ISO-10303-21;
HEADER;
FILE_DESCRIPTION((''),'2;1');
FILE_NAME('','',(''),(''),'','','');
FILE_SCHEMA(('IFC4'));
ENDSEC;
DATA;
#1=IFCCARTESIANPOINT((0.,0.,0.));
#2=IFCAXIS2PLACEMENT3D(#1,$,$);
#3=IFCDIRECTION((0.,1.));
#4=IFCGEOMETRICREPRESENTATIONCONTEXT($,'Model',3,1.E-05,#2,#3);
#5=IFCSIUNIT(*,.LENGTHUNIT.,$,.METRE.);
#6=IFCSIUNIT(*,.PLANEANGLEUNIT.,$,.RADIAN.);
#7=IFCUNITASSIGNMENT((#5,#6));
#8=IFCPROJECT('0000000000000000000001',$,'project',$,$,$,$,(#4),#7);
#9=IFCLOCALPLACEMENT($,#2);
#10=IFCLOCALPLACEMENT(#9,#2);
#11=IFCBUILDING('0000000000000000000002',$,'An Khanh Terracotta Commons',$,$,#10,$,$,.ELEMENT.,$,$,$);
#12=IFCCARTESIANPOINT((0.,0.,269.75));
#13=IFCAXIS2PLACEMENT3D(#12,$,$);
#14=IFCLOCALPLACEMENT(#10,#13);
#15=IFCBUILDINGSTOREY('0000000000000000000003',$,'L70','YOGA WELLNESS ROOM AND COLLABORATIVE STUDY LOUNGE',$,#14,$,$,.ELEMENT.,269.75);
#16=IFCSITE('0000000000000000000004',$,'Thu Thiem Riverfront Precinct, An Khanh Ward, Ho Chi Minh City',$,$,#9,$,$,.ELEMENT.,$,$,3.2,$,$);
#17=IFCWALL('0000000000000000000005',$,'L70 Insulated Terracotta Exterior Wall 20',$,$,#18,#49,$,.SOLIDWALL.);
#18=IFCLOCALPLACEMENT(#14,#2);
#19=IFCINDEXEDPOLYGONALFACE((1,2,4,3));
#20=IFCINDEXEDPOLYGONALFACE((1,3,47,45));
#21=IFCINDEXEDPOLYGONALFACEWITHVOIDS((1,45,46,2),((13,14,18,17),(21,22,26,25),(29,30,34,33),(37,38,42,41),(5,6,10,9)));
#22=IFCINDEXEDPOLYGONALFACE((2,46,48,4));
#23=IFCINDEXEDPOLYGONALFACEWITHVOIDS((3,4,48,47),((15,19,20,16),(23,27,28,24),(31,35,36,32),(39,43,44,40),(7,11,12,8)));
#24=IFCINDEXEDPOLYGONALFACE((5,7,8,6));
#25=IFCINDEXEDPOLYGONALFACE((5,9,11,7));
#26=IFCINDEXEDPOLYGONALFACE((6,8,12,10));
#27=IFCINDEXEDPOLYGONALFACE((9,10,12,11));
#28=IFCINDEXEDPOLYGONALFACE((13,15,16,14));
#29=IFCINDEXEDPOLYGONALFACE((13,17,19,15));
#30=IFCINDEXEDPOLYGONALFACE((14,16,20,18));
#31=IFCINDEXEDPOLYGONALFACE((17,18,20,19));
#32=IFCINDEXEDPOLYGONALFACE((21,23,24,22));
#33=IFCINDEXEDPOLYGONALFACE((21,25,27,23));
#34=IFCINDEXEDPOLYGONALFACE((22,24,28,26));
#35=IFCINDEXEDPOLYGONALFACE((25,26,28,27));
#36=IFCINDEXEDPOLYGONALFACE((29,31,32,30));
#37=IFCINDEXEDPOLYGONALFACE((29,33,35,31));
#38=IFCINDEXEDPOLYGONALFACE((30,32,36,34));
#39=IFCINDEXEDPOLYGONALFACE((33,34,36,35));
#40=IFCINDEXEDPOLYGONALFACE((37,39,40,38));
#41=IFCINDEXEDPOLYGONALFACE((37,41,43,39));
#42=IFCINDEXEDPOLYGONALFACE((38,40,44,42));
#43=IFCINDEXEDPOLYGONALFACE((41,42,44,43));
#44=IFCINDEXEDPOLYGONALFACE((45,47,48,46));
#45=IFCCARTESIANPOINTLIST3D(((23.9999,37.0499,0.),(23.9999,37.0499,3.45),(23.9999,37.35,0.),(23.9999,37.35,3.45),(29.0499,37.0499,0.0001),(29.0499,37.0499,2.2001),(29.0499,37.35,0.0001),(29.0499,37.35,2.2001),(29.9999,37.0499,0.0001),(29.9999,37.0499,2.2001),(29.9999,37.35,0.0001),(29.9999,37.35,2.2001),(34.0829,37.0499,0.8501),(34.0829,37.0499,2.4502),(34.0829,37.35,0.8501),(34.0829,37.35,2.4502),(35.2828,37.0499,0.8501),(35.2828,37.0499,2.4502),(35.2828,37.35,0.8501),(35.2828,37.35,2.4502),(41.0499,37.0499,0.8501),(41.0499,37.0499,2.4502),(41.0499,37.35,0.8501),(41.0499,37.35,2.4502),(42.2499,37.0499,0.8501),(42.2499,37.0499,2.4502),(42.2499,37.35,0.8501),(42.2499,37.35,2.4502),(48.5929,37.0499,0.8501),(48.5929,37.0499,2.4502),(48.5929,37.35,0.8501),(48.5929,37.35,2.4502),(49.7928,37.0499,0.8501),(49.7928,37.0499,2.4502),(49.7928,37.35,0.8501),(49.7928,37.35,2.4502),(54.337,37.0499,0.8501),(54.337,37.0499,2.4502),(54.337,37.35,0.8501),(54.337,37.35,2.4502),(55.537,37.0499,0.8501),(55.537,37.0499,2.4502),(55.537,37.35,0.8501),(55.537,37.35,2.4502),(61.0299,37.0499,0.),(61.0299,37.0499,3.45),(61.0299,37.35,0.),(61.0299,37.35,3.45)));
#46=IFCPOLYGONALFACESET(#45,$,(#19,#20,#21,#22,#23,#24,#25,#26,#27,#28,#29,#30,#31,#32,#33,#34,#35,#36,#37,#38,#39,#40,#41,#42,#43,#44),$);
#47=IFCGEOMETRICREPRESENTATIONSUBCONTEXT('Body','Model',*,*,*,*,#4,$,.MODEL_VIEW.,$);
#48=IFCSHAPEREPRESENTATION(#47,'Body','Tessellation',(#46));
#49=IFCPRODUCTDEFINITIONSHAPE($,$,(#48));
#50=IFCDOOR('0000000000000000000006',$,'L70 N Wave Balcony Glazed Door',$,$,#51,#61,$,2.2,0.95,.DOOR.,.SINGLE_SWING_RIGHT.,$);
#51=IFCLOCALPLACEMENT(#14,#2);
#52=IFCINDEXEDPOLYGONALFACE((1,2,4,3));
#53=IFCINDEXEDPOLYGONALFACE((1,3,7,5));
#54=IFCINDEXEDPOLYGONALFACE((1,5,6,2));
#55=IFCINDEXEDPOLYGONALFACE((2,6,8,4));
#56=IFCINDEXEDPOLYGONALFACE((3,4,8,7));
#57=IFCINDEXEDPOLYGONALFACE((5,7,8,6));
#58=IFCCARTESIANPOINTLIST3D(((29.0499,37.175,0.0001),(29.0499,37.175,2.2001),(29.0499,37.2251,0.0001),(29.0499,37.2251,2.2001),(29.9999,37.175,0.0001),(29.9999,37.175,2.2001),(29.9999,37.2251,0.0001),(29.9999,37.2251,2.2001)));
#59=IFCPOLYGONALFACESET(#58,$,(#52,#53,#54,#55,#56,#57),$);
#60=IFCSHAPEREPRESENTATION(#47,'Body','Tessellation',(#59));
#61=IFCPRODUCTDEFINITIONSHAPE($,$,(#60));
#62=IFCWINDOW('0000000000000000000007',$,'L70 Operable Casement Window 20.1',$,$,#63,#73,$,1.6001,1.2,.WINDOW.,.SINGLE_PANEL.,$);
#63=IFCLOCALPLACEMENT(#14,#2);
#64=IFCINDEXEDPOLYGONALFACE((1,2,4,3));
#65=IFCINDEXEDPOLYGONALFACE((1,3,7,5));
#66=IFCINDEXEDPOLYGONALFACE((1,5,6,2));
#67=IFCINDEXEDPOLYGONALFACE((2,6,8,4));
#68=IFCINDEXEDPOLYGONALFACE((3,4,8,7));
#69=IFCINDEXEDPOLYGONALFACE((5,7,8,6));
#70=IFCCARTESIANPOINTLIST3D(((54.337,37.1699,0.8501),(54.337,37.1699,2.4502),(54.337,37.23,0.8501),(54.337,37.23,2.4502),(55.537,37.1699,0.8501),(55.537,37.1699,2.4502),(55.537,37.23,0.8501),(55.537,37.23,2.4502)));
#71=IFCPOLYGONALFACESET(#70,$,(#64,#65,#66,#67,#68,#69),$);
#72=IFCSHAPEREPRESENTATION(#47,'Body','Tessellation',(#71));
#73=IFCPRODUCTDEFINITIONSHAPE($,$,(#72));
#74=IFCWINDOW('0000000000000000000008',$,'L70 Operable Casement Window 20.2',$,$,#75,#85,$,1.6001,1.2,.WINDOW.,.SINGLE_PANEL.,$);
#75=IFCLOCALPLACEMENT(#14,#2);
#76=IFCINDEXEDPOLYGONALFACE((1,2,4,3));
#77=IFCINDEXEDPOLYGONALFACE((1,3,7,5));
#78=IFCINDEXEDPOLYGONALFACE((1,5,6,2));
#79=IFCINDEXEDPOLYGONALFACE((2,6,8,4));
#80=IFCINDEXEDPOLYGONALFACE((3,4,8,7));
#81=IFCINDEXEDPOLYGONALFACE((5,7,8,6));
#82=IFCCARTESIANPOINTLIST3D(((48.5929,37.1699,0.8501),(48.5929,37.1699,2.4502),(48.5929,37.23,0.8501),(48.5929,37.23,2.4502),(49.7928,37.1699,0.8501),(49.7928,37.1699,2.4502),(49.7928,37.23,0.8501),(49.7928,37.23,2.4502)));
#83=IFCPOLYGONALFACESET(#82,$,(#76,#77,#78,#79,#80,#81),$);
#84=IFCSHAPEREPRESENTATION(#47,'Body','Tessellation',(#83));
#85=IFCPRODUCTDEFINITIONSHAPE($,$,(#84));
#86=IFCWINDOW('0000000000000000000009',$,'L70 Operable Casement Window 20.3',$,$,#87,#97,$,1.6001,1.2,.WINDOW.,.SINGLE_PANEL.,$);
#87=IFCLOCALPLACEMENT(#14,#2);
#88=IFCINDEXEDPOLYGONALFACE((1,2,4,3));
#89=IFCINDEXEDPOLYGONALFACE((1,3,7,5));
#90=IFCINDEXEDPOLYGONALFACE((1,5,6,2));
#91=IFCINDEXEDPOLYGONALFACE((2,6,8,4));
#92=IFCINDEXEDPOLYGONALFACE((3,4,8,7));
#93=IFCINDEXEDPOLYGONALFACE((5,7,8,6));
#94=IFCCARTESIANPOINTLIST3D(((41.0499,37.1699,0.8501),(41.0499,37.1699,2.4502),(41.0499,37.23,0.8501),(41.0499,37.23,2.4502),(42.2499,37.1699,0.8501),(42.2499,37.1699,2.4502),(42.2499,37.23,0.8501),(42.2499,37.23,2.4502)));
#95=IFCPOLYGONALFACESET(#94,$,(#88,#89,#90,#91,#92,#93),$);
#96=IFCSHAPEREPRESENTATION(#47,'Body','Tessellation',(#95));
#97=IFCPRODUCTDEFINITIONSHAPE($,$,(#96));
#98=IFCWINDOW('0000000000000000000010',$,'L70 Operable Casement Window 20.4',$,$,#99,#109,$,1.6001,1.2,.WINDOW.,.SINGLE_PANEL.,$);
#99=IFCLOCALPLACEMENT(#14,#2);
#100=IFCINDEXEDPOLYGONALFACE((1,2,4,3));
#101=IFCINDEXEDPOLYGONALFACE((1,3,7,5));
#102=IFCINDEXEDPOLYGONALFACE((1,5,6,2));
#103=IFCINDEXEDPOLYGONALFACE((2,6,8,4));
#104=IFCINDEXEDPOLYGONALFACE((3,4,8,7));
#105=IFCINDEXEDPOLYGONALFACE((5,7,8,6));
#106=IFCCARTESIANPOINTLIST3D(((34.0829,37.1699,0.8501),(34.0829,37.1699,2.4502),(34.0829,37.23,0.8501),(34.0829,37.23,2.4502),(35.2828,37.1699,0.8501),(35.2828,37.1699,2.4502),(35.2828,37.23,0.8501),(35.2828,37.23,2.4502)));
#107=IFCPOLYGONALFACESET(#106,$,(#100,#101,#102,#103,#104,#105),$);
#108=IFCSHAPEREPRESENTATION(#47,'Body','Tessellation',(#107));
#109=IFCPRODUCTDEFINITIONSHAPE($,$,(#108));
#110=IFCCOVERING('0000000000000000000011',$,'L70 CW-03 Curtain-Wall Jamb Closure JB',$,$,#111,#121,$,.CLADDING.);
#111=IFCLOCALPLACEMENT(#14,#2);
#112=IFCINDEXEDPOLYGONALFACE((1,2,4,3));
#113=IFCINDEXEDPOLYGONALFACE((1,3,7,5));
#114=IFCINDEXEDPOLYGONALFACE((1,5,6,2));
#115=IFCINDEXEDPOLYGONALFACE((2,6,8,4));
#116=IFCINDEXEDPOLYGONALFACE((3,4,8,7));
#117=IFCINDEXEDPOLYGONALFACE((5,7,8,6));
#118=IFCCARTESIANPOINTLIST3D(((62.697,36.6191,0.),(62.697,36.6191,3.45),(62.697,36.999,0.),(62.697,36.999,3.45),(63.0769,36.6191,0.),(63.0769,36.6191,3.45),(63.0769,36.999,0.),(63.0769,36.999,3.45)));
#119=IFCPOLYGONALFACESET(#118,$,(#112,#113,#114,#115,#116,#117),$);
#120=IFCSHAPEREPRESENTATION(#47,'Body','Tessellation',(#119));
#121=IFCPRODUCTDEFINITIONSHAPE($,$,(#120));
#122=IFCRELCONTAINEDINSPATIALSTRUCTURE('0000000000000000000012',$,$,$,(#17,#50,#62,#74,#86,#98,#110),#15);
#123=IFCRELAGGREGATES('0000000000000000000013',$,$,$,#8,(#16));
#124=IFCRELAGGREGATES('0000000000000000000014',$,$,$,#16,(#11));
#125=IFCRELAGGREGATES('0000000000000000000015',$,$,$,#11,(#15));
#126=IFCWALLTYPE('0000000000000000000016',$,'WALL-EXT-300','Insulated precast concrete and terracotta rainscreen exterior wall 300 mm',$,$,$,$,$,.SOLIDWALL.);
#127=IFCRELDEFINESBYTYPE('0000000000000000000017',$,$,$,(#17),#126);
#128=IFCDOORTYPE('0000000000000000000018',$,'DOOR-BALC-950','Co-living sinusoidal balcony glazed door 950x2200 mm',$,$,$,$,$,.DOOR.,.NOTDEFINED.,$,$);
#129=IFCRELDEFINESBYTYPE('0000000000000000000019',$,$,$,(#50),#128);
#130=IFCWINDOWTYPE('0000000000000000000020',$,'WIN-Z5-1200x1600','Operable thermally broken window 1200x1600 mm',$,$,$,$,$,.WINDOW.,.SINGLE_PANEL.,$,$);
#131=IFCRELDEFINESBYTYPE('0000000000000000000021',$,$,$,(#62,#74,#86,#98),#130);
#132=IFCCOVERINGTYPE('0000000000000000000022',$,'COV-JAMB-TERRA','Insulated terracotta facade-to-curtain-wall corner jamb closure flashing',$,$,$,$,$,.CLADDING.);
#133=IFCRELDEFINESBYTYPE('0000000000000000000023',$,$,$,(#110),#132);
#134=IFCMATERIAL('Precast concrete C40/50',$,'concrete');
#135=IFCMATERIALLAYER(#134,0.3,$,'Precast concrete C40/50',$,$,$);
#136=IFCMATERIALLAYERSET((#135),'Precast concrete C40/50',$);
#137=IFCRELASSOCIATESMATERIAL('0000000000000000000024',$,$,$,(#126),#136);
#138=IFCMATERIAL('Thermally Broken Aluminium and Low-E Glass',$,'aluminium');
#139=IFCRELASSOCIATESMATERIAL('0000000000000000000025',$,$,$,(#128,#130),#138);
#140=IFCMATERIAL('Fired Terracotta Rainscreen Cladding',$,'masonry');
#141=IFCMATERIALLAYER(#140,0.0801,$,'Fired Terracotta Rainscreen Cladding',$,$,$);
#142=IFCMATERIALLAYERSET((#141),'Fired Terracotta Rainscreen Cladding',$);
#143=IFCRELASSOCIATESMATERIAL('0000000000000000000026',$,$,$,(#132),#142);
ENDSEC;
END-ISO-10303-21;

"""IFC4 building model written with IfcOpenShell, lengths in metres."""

from ifc_helpers import new_model, si_unit, direction, frame, frame_2d, origin, origin_2d, place, context, subcontext, project, spatial, rectangle, extrude, material, layer, layer_set, type_object, element, fill, save


model = new_model("IFC4")

# Units and contexts
model_context = context("Model", 3, precision=1e-05, world=origin(), true_north=direction((0.0, 1.0)))
body_context = subcontext(model_context, "Body", "Model", "MODEL_VIEW")
ifc_project = project(units=[si_unit("LENGTHUNIT", "METRE"), si_unit("PLANEANGLEUNIT", "RADIAN")], contexts=[model_context])

# Site, building, storey
site_placement = place(None, origin())
site = spatial("IfcSite", under=ifc_project, at=site_placement, Name="Thu Thiem Riverfront Precinct, An Khanh Ward, Ho Chi Minh City", CompositionType="ELEMENT", RefElevation=3.2)
building_placement = place(site_placement, origin())
building = spatial("IfcBuilding", under=site, at=building_placement, Name="An Khanh Terracotta Commons", CompositionType="ELEMENT")
storey_placement = place(building_placement, frame((0.0, 0.0, 269.75)))
storey = spatial("IfcBuildingStorey", under=building, at=storey_placement, Name="L70", Description="YOGA WELLNESS ROOM AND COLLABORATIVE STUDY LOUNGE", CompositionType="ELEMENT", Elevation=269.75)

# Shared definitions
ifc_material_1 = material(Name="Precast concrete C40/50", Category="concrete")
ifc_layer_1 = layer(ifc_material_1, 0.3, Name="Precast concrete C40/50")
ifc_layer_set_1 = layer_set([ifc_layer_1], Name="Precast concrete C40/50")
wall_type = type_object("IfcWallType", Name="WALL-EXT-300", Description="Insulated precast concrete and terracotta rainscreen exterior wall 300 mm", PredefinedType="SOLIDWALL", material=ifc_layer_set_1)

# Wall, openings, door, windows
wall_1_placement = place(storey_placement, frame((61.03, 37.2, 0.0), z_axis=(0.0, 0.0, 1.0), x_axis=(-1.0, 0.0, 0.0)))
wall_1 = element("IfcWall", 1, at=wall_1_placement, inside=storey, type_object=wall_type, Name="L70 Insulated Terracotta Exterior Wall 20", PredefinedType="SOLIDWALL", context=body_context, shape_type="SweptSolid", body=[
    extrude(rectangle(XDim=37.03, YDim=0.3, at=frame_2d((18.5151, 0.0))), origin(), (0.0, 0.0, 1.0), 3.45),
])
opening_1_placement = place(wall_1_placement, frame((31.03, 0.0, 0.0)))
opening_1 = element("IfcOpeningElement", 2, at=opening_1_placement, cuts=wall_1, PredefinedType="OPENING", context=body_context, shape_type="SweptSolid", body=[
    extrude(rectangle(XDim=0.95, YDim=2.2, at=frame_2d((0.4751, 1.1001))), frame((0.0, 0.1599, 0.0), z_axis=(0.0, -1.0, 0.0), x_axis=(1.0, 0.0, 0.0)), (0.0, 0.0, 1.0), 0.3201),
])
opening_2_placement = place(wall_1_placement, frame((5.4929, 0.0, 0.8501)))
opening_2 = element("IfcOpeningElement", 3, at=opening_2_placement, cuts=wall_1, PredefinedType="OPENING", context=body_context, shape_type="SweptSolid", body=[
    extrude(rectangle(XDim=1.2, YDim=1.6001, at=frame_2d((0.6001, 0.8))), frame((0.0, 0.1599, 0.0), z_axis=(0.0, -1.0, 0.0), x_axis=(1.0, 0.0, 0.0)), (0.0, 0.0, 1.0), 0.3201),
])
opening_3_placement = place(wall_1_placement, frame((11.2371, 0.0, 0.8501)))
opening_3 = element("IfcOpeningElement", 4, at=opening_3_placement, cuts=wall_1, PredefinedType="OPENING", context=body_context, shape_type="SweptSolid", body=[
    extrude(rectangle(XDim=1.2, YDim=1.6001, at=frame_2d((0.6001, 0.8))), frame((0.0, 0.1599, 0.0), z_axis=(0.0, -1.0, 0.0), x_axis=(1.0, 0.0, 0.0)), (0.0, 0.0, 1.0), 0.3201),
])
opening_4_placement = place(wall_1_placement, frame((18.78, 0.0, 0.8501)))
opening_4 = element("IfcOpeningElement", 5, at=opening_4_placement, cuts=wall_1, PredefinedType="OPENING", context=body_context, shape_type="SweptSolid", body=[
    extrude(rectangle(XDim=1.2, YDim=1.6001, at=frame_2d((0.6001, 0.8))), frame((0.0, 0.1599, 0.0), z_axis=(0.0, -1.0, 0.0), x_axis=(1.0, 0.0, 0.0)), (0.0, 0.0, 1.0), 0.3201),
])
opening_5_placement = place(wall_1_placement, frame((25.7471, 0.0, 0.8501)))
opening_5 = element("IfcOpeningElement", 6, at=opening_5_placement, cuts=wall_1, PredefinedType="OPENING", context=body_context, shape_type="SweptSolid", body=[
    extrude(rectangle(XDim=1.2, YDim=1.6001, at=frame_2d((0.6001, 0.8))), frame((0.0, 0.1599, 0.0), z_axis=(0.0, -1.0, 0.0), x_axis=(1.0, 0.0, 0.0)), (0.0, 0.0, 1.0), 0.3201),
])
ifc_material_2 = material(Name="Thermally Broken Aluminium and Low-E Glass", Category="aluminium")
door_type = type_object("IfcDoorType", Name="DOOR-BALC-950", Description="Co-living sinusoidal balcony glazed door 950x2200 mm", OperationType="NOTDEFINED", PredefinedType="DOOR", material=ifc_material_2)
door_placement = place(opening_1_placement, origin())
door = element("IfcDoor", 7, at=door_placement, inside=storey, type_object=door_type, Name="L70 N Wave Balcony Glazed Door", OperationType="SINGLE_SWING_RIGHT", OverallHeight=2.2, OverallWidth=0.95, PredefinedType="DOOR", context=body_context, shape_type="SweptSolid", body=[
    extrude(rectangle(XDim=0.95, YDim=2.2, at=frame_2d((0.4751, 1.1001))), frame((0.0, 0.0249, 0.0), z_axis=(0.0, -1.0, 0.0), x_axis=(1.0, 0.0, 0.0)), (0.0, 0.0, 1.0), 0.05),
])
fill(opening_1, door)
window_type = type_object("IfcWindowType", Name="WIN-Z5-1200x1600", Description="Operable thermally broken window 1200x1600 mm", PartitioningType="SINGLE_PANEL", PredefinedType="WINDOW", material=ifc_material_2)
window_1_placement = place(opening_2_placement, origin())
window_1 = element("IfcWindow", 8, at=window_1_placement, inside=storey, type_object=window_type, Name="L70 Operable Casement Window 20.1", OverallHeight=1.6001, OverallWidth=1.2, PartitioningType="SINGLE_PANEL", PredefinedType="WINDOW", context=body_context, shape_type="SweptSolid", body=[
    extrude(rectangle(XDim=1.2, YDim=1.6001, at=frame_2d((0.6001, 0.8))), frame((0.0, 0.03, 0.0), z_axis=(0.0, -1.0, 0.0), x_axis=(1.0, 0.0, 0.0)), (0.0, 0.0, 1.0), 0.0601),
])
fill(opening_2, window_1)
window_2_placement = place(opening_3_placement, origin())
window_2 = element("IfcWindow", 9, at=window_2_placement, inside=storey, type_object=window_type, Name="L70 Operable Casement Window 20.2", OverallHeight=1.6001, OverallWidth=1.2, PartitioningType="SINGLE_PANEL", PredefinedType="WINDOW", context=body_context, shape_type="SweptSolid", body=[
    extrude(rectangle(XDim=1.2, YDim=1.6001, at=frame_2d((0.6001, 0.8))), frame((0.0, 0.03, 0.0), z_axis=(0.0, -1.0, 0.0), x_axis=(1.0, 0.0, 0.0)), (0.0, 0.0, 1.0), 0.0601),
])
fill(opening_3, window_2)
window_3_placement = place(opening_4_placement, origin())
window_3 = element("IfcWindow", 10, at=window_3_placement, inside=storey, type_object=window_type, Name="L70 Operable Casement Window 20.3", OverallHeight=1.6001, OverallWidth=1.2, PartitioningType="SINGLE_PANEL", PredefinedType="WINDOW", context=body_context, shape_type="SweptSolid", body=[
    extrude(rectangle(XDim=1.2, YDim=1.6001, at=frame_2d((0.6001, 0.8))), frame((0.0, 0.03, 0.0), z_axis=(0.0, -1.0, 0.0), x_axis=(1.0, 0.0, 0.0)), (0.0, 0.0, 1.0), 0.0601),
])
fill(opening_4, window_3)
window_4_placement = place(opening_5_placement, origin())
window_4 = element("IfcWindow", 11, at=window_4_placement, inside=storey, type_object=window_type, Name="L70 Operable Casement Window 20.4", OverallHeight=1.6001, OverallWidth=1.2, PartitioningType="SINGLE_PANEL", PredefinedType="WINDOW", context=body_context, shape_type="SweptSolid", body=[
    extrude(rectangle(XDim=1.2, YDim=1.6001, at=frame_2d((0.6001, 0.8))), frame((0.0, 0.03, 0.0), z_axis=(0.0, -1.0, 0.0), x_axis=(1.0, 0.0, 0.0)), (0.0, 0.0, 1.0), 0.0601),
])
fill(opening_5, window_4)

# Covering
ifc_material_3 = material(Name="Fired Terracotta Rainscreen Cladding", Category="masonry")
ifc_layer_2 = layer(ifc_material_3, 0.0801, Name="Fired Terracotta Rainscreen Cladding")
ifc_layer_set_2 = layer_set([ifc_layer_2], Name="Fired Terracotta Rainscreen Cladding")
covering_type = type_object("IfcCoveringType", Name="COV-JAMB-TERRA", Description="Insulated terracotta facade-to-curtain-wall corner jamb closure flashing", PredefinedType="CLADDING", material=ifc_layer_set_2)
covering_placement = place(storey_placement, frame((62.887, 36.8091, 0.0), z_axis=(0.0, 0.0, 1.0), x_axis=(1.0, 0.0, 0.0)))
element("IfcCovering", 12, at=covering_placement, inside=storey, type_object=covering_type, Name="L70 CW-03 Curtain-Wall Jamb Closure JB", PredefinedType="CLADDING", context=body_context, shape_type="SweptSolid", body=[
    extrude(rectangle(XDim=0.3799, YDim=0.3799, at=origin_2d()), origin(), (0.0, 0.0, 1.0), 3.45),
])

save(model, "model.ifc")
